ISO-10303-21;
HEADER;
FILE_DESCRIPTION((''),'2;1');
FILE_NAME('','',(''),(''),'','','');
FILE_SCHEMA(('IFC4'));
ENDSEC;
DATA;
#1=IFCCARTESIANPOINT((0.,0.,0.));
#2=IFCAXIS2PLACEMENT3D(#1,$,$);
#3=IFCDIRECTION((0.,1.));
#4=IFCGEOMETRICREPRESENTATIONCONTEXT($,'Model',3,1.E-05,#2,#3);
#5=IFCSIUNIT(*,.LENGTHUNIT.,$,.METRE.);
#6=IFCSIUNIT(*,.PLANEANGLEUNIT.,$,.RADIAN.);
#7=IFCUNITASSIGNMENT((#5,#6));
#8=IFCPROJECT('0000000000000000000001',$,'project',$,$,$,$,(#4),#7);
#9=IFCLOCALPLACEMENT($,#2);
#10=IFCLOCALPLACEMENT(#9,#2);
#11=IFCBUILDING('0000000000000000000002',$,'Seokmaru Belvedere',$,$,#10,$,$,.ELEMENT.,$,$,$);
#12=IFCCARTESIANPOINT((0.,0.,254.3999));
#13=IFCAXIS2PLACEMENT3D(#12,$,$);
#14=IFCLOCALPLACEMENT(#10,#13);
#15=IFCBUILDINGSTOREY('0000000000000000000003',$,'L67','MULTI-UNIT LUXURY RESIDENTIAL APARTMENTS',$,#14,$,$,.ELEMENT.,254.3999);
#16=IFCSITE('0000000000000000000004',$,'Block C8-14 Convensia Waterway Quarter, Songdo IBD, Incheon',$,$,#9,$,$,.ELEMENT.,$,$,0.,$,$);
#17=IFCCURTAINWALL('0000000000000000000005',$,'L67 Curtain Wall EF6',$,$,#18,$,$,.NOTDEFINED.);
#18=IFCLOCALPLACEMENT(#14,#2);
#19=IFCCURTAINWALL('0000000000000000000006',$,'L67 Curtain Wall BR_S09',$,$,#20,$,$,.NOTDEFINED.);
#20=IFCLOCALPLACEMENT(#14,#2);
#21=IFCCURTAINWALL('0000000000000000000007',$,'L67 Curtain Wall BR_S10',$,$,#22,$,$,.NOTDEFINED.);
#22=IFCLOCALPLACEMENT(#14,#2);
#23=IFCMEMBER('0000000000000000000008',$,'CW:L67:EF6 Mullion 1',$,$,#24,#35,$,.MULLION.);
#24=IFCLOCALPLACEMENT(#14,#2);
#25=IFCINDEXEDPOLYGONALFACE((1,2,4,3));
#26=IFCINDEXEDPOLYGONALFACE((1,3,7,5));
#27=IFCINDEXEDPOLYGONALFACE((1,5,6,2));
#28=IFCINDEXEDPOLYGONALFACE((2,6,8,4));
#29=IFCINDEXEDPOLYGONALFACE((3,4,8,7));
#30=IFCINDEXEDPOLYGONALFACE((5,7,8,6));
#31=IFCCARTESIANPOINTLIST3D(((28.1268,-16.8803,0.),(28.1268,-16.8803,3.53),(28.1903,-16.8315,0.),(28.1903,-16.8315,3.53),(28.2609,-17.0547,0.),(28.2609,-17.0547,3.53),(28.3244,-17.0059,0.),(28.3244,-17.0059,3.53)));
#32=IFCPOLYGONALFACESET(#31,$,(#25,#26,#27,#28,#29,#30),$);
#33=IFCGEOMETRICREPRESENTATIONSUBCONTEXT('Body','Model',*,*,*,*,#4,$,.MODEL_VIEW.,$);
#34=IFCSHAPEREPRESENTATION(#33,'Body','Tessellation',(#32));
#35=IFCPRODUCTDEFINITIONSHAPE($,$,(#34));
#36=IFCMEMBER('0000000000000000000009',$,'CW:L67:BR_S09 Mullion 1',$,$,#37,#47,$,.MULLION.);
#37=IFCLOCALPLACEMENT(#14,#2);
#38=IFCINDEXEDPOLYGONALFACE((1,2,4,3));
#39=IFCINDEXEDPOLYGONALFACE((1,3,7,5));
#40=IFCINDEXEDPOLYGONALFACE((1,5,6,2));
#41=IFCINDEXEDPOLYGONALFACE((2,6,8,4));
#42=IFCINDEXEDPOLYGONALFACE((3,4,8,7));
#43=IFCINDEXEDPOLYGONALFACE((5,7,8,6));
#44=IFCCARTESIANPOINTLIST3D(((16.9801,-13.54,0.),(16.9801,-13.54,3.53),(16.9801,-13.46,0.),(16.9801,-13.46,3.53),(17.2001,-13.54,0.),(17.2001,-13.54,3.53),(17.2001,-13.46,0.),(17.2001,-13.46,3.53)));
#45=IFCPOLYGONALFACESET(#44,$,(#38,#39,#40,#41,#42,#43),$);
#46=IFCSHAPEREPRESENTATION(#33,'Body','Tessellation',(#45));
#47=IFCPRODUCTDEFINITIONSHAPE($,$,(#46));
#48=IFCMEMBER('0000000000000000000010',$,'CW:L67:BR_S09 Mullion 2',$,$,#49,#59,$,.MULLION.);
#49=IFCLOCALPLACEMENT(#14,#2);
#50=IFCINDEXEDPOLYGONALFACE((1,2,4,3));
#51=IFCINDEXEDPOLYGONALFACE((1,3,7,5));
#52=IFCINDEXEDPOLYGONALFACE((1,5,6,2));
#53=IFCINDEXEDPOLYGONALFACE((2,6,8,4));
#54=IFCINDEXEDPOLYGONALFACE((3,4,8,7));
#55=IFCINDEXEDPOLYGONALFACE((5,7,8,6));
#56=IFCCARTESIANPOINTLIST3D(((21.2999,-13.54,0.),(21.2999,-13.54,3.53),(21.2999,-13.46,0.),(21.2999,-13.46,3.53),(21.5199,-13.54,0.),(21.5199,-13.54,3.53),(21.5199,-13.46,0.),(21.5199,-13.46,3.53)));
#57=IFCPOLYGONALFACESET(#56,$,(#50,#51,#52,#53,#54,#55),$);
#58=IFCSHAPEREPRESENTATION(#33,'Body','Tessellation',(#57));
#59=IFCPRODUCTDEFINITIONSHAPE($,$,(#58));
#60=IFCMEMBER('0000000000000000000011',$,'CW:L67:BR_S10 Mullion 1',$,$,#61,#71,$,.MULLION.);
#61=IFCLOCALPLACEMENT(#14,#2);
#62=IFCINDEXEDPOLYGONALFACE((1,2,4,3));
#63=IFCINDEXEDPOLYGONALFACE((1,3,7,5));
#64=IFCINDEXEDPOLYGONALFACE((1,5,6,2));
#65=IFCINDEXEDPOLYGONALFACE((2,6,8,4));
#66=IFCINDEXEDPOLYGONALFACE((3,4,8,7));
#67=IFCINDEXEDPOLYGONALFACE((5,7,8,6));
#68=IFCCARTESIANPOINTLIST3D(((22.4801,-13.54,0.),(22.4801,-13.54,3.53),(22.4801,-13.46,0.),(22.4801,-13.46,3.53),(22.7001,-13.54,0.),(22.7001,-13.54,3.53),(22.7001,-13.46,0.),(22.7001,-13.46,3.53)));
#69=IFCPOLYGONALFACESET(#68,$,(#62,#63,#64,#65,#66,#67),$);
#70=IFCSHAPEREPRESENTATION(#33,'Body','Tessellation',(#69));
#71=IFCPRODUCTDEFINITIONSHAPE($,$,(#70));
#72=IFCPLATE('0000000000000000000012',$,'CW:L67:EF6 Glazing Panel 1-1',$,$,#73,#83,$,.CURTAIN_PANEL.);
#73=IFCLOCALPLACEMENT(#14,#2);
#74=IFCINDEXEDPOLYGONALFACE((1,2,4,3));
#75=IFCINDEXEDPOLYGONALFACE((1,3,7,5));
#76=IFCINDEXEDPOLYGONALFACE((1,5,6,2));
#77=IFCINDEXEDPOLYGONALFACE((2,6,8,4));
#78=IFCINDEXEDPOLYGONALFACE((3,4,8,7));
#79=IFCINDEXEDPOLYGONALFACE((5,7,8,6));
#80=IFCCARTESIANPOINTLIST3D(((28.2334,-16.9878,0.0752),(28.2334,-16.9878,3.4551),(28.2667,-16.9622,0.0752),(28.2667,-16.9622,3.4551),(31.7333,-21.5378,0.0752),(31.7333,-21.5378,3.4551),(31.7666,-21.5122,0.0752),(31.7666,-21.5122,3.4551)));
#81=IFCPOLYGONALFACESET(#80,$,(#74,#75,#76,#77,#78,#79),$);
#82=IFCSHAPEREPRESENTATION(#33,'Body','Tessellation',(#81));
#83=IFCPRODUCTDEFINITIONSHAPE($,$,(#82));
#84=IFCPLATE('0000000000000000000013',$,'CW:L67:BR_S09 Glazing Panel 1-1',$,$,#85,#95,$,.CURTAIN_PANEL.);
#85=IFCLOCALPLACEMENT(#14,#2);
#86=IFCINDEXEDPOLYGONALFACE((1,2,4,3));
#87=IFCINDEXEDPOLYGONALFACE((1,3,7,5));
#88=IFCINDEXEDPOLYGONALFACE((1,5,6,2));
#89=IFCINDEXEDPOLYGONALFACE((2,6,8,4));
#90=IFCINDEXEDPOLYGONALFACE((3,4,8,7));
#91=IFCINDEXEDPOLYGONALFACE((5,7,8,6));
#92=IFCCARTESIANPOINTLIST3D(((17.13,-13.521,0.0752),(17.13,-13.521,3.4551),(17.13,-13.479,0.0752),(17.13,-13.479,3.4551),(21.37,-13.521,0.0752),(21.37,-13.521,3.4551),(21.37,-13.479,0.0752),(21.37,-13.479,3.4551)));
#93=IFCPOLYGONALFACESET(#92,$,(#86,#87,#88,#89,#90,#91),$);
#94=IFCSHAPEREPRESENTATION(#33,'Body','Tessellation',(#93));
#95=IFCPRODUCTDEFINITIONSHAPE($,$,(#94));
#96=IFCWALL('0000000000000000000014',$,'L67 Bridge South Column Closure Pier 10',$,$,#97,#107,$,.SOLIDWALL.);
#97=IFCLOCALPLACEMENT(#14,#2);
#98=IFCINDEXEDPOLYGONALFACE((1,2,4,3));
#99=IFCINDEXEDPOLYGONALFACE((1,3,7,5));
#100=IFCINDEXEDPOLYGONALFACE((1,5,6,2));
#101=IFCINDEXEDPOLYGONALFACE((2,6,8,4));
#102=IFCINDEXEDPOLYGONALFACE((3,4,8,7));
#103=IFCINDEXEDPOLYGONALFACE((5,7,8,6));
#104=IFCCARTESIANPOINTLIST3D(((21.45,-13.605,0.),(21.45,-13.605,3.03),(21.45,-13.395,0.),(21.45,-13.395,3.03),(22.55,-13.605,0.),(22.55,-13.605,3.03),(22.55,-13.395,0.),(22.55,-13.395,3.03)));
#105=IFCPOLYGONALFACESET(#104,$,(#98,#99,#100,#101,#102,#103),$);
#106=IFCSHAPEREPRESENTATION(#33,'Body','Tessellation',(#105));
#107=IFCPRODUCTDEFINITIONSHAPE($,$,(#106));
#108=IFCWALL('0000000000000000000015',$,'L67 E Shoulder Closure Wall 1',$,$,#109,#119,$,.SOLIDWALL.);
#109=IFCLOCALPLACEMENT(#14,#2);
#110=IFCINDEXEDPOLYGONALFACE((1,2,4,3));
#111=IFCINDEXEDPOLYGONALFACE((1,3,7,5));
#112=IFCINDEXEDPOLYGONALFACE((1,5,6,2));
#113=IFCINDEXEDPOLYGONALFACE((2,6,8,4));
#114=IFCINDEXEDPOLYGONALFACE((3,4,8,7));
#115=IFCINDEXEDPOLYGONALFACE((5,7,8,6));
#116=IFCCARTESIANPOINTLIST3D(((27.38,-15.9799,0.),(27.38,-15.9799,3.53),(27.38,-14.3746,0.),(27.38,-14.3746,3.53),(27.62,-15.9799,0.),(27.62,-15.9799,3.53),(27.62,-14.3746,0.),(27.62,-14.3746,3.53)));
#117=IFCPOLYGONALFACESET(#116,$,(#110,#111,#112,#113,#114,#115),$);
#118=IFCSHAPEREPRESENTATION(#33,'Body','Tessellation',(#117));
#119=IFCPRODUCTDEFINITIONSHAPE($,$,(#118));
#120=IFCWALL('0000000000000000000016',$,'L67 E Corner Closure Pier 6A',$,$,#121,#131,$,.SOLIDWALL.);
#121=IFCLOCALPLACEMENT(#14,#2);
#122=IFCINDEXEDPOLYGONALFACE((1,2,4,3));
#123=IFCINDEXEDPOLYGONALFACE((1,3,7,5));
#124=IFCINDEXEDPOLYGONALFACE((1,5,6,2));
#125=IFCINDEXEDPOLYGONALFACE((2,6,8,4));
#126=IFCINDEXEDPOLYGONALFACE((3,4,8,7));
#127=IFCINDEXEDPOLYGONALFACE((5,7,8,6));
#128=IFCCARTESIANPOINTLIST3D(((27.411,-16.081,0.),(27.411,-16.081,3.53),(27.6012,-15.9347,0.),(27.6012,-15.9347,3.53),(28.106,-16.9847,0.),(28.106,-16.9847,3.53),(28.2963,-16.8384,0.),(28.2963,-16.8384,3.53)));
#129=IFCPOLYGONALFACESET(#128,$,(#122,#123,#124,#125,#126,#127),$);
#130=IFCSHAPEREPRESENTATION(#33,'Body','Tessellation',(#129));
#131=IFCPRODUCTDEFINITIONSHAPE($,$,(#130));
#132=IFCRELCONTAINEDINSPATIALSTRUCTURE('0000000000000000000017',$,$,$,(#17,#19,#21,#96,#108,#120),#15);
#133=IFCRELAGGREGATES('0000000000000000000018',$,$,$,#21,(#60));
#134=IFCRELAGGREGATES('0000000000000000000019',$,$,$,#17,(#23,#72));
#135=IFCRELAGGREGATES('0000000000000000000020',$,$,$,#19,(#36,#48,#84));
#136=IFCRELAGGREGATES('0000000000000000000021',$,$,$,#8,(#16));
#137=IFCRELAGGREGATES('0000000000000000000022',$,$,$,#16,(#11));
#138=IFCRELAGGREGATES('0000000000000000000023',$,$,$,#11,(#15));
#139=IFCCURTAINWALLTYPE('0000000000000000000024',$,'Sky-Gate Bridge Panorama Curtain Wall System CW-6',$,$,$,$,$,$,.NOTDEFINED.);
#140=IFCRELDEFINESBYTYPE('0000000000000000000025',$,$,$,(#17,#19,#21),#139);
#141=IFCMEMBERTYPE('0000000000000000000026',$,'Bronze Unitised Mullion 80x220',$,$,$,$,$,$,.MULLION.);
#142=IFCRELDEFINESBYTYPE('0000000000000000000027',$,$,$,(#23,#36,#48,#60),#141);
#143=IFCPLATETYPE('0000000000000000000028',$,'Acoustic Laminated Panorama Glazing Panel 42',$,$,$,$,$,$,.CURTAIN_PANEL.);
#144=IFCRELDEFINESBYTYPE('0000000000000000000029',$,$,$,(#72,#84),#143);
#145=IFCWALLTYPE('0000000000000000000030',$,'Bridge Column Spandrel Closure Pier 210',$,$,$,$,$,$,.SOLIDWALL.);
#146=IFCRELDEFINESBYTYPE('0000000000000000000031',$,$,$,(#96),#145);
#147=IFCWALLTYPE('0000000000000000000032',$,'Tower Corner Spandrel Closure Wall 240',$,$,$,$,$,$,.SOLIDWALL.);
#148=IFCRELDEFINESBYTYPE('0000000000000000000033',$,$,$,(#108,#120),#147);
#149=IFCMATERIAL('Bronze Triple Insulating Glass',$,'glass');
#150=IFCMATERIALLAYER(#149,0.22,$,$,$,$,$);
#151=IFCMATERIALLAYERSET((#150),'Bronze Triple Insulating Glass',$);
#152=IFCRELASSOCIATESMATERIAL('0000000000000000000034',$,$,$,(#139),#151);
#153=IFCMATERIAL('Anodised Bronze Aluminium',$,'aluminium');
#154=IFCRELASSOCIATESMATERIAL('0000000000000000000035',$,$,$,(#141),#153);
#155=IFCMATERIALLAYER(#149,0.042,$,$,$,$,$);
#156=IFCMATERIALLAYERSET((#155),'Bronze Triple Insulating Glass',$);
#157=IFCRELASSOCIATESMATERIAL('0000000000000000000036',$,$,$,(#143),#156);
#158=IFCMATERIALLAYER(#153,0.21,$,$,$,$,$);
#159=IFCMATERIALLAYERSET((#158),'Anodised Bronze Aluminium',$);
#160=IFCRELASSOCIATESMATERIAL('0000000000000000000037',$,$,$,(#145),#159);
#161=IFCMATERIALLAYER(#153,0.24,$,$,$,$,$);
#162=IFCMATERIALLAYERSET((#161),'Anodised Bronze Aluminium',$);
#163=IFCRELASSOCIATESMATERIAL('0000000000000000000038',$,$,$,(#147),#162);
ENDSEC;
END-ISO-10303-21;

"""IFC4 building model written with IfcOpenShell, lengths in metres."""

from ifc_helpers import new_model, si_unit, direction, frame, frame_2d, origin, origin_2d, place, context, subcontext, project, spatial, rectangle, extrude, source, transform, mapped, material, layer, layer_set, material_profile, profile_set, type_object, type_shapes, element, aggregate, save


model = new_model("IFC4")

# Units and contexts
model_context = context("Model", 3, precision=1e-05, world=origin(), true_north=direction((0.0, 1.0)))
body_context = subcontext(model_context, "Body", "Model", "MODEL_VIEW")
ifc_project = project(units=[si_unit("LENGTHUNIT", "METRE"), si_unit("PLANEANGLEUNIT", "RADIAN")], contexts=[model_context])

# Site, building, storey
site_placement = place(None, origin())
site = spatial("IfcSite", under=ifc_project, at=site_placement, Name="Block C8-14 Convensia Waterway Quarter, Songdo IBD, Incheon", CompositionType="ELEMENT", RefElevation=0.0)
building_placement = place(site_placement, origin())
building = spatial("IfcBuilding", under=site, at=building_placement, Name="Seokmaru Belvedere", CompositionType="ELEMENT")
storey_placement = place(building_placement, frame((0.0, 0.0, 254.3999)))
storey = spatial("IfcBuildingStorey", under=building, at=storey_placement, Name="L67", Description="MULTI-UNIT LUXURY RESIDENTIAL APARTMENTS", CompositionType="ELEMENT", Elevation=254.3999)

# Curtain walls
ifc_material_1 = material(Name="Bronze Triple Insulating Glass", Category="glass")
ifc_layer_1 = layer(ifc_material_1, 0.22)
ifc_layer_set_1 = layer_set([ifc_layer_1], Name="Bronze Triple Insulating Glass")
curtain_wall_type = type_object("IfcCurtainWallType", Name="Sky-Gate Bridge Panorama Curtain Wall System CW-6", PredefinedType="NOTDEFINED", material=ifc_layer_set_1)
curtain_wall_1_placement = place(storey_placement, origin())
curtain_wall_1 = element("IfcCurtainWall", 1, at=curtain_wall_1_placement, inside=storey, type_object=curtain_wall_type, Name="L67 Curtain Wall EF6", PredefinedType="NOTDEFINED")
ifc_material_2 = material(Name="Anodised Bronze Aluminium", Category="aluminium")
curtain_wall_2_placement = place(storey_placement, origin())
curtain_wall_2 = element("IfcCurtainWall", 2, at=curtain_wall_2_placement, inside=storey, type_object=curtain_wall_type, Name="L67 Curtain Wall BR_S09", PredefinedType="NOTDEFINED")

# Curtain wall
curtain_wall_3_placement = place(storey_placement, origin())
curtain_wall_3 = element("IfcCurtainWall", 3, at=curtain_wall_3_placement, inside=storey, type_object=curtain_wall_type, Name="L67 Curtain Wall BR_S10", PredefinedType="NOTDEFINED")

# Members
ifc_material_profile_1 = material_profile(ifc_material_2, rectangle(XDim=0.0801, YDim=0.22, at=origin_2d()), Name="CW-M-80x220")
ifc_profile_set_1 = profile_set([ifc_material_profile_1], Name="Anodised Bronze Aluminium")
member_type_1 = type_object("IfcMemberType", Name="Bronze Unitised Mullion 80x220", PredefinedType="MULLION", material=ifc_profile_set_1)
shared_shape_1 = source(origin(), body_context, "Body", "SweptSolid", [
    extrude(rectangle(XDim=0.0801, YDim=0.22, at=origin_2d()), origin(), (0.0, 0.0, 1.0), 3.53),
])
type_shapes(member_type_1, [shared_shape_1])
member_1_placement = place(storey_placement, frame((28.2256, -16.9431, 0.0), z_axis=(0.0, 0.0, 1.0), x_axis=(0.792631, 0.609701, 0.0)))
member_1 = element("IfcMember", 4, at=member_1_placement, type_object=member_type_1, Name="CW:L67:EF6 Mullion 1", PredefinedType="MULLION", context=body_context, shape_type="MappedRepresentation", body=[
    mapped(shared_shape_1, transform((0.0, 0.0, 0.0), scale=1.0)),
])
member_2_placement = place(storey_placement, frame((17.0901, -13.5, 0.0), z_axis=(0.0, 0.0, 1.0), x_axis=(0.0, 1.0, 0.0)))
member_2 = element("IfcMember", 5, at=member_2_placement, type_object=member_type_1, Name="CW:L67:BR_S09 Mullion 1", PredefinedType="MULLION", context=body_context, shape_type="MappedRepresentation", body=[
    mapped(shared_shape_1, transform((0.0, 0.0, 0.0), scale=1.0)),
])
member_3_placement = place(storey_placement, frame((21.4099, -13.5, 0.0), z_axis=(0.0, 0.0, 1.0), x_axis=(0.0, 1.0, 0.0)))
member_3 = element("IfcMember", 6, at=member_3_placement, type_object=member_type_1, Name="CW:L67:BR_S09 Mullion 2", PredefinedType="MULLION", context=body_context, shape_type="MappedRepresentation", body=[
    mapped(shared_shape_1, transform((0.0, 0.0, 0.0), scale=1.0)),
])
member_4_placement = place(storey_placement, frame((22.5901, -13.5, 0.0), z_axis=(0.0, 0.0, 1.0), x_axis=(0.0, 1.0, 0.0)))
member_4 = element("IfcMember", 7, at=member_4_placement, type_object=member_type_1, Name="CW:L67:BR_S10 Mullion 1", PredefinedType="MULLION", context=body_context, shape_type="MappedRepresentation", body=[
    mapped(shared_shape_1, transform((0.0, 0.0, 0.0), scale=1.0)),
])
aggregate(curtain_wall_3, [member_4])

# Plates
ifc_layer_2 = layer(ifc_material_1, 0.042)
ifc_layer_set_2 = layer_set([ifc_layer_2], Name="Bronze Triple Insulating Glass")
plate_type = type_object("IfcPlateType", Name="Acoustic Laminated Panorama Glazing Panel 42", PredefinedType="CURTAIN_PANEL", material=ifc_layer_set_2)
shared_shape_2 = source(origin(), body_context, "Body", "SweptSolid", [
    extrude(rectangle(XDim=5.7405, YDim=0.042, at=origin_2d()), origin(), (0.0, 0.0, 1.0), 3.3799),
])
plate_1_placement = place(storey_placement, frame((30.0, -19.25, 0.0752), z_axis=(0.0, 0.0, 1.0), x_axis=(0.609701, -0.792631, 0.0)))
plate_1 = element("IfcPlate", 8, at=plate_1_placement, type_object=plate_type, Name="CW:L67:EF6 Glazing Panel 1-1", PredefinedType="CURTAIN_PANEL", context=body_context, shape_type="MappedRepresentation", body=[
    mapped(shared_shape_2, transform((0.0, 0.0, 0.0), scale=1.0)),
])
aggregate(curtain_wall_1, [member_1, plate_1])
shared_shape_3 = source(origin(), body_context, "Body", "SweptSolid", [
    extrude(rectangle(XDim=4.24, YDim=0.042, at=origin_2d()), origin(), (0.0, 0.0, 1.0), 3.3799),
])
type_shapes(plate_type, [shared_shape_2, shared_shape_3])
plate_2_placement = place(storey_placement, frame((19.25, -13.5, 0.0752), z_axis=(0.0, 0.0, 1.0), x_axis=(1.0, 0.0, 0.0)))
plate_2 = element("IfcPlate", 9, at=plate_2_placement, type_object=plate_type, Name="CW:L67:BR_S09 Glazing Panel 1-1", PredefinedType="CURTAIN_PANEL", context=body_context, shape_type="MappedRepresentation", body=[
    mapped(shared_shape_3, transform((0.0, 0.0, 0.0), scale=1.0)),
])
aggregate(curtain_wall_2, [member_2, member_3, plate_2])

# Walls
ifc_layer_3 = layer(ifc_material_2, 0.21)
ifc_layer_set_3 = layer_set([ifc_layer_3], Name="Anodised Bronze Aluminium")
wall_type_1 = type_object("IfcWallType", Name="Bridge Column Spandrel Closure Pier 210", PredefinedType="SOLIDWALL", material=ifc_layer_set_3)
wall_1_placement = place(storey_placement, frame((21.45, -13.5, 0.0), z_axis=(0.0, 0.0, 1.0), x_axis=(1.0, 0.0, 0.0)))
element("IfcWall", 10, at=wall_1_placement, inside=storey, type_object=wall_type_1, Name="L67 Bridge South Column Closure Pier 10", PredefinedType="SOLIDWALL", context=body_context, shape_type="SweptSolid", body=[
    extrude(rectangle(XDim=1.1001, YDim=0.21, at=frame_2d((0.55, 0.0))), origin(), (0.0, 0.0, 1.0), 3.03),
])
ifc_layer_4 = layer(ifc_material_2, 0.24)
ifc_layer_set_4 = layer_set([ifc_layer_4], Name="Anodised Bronze Aluminium")
wall_type_2 = type_object("IfcWallType", Name="Tower Corner Spandrel Closure Wall 240", PredefinedType="SOLIDWALL", material=ifc_layer_set_4)
wall_2_placement = place(storey_placement, frame((27.5, -15.98, 0.0), z_axis=(0.0, 0.0, 1.0), x_axis=(0.0, 1.0, 0.0)))
element("IfcWall", 11, at=wall_2_placement, inside=storey, type_object=wall_type_2, Name="L67 E Shoulder Closure Wall 1", PredefinedType="SOLIDWALL", context=body_context, shape_type="SweptSolid", body=[
    extrude(rectangle(XDim=1.6052, YDim=0.24, at=frame_2d((0.8027, 0.0))), origin(), (0.0, 0.0, 1.0), 3.53),
])
wall_3_placement = place(storey_placement, frame((27.5061, -16.0078, 0.0), z_axis=(0.0, 0.0, 1.0), x_axis=(0.609618, -0.792696, 0.0)))
element("IfcWall", 12, at=wall_3_placement, inside=storey, type_object=wall_type_2, Name="L67 E Corner Closure Pier 6A", PredefinedType="SOLIDWALL", context=body_context, shape_type="SweptSolid", body=[
    extrude(rectangle(XDim=1.1401, YDim=0.24, at=frame_2d((0.5701, 0.0))), origin(), (0.0, 0.0, 1.0), 3.53),
])

save(model, "model.ifc")
